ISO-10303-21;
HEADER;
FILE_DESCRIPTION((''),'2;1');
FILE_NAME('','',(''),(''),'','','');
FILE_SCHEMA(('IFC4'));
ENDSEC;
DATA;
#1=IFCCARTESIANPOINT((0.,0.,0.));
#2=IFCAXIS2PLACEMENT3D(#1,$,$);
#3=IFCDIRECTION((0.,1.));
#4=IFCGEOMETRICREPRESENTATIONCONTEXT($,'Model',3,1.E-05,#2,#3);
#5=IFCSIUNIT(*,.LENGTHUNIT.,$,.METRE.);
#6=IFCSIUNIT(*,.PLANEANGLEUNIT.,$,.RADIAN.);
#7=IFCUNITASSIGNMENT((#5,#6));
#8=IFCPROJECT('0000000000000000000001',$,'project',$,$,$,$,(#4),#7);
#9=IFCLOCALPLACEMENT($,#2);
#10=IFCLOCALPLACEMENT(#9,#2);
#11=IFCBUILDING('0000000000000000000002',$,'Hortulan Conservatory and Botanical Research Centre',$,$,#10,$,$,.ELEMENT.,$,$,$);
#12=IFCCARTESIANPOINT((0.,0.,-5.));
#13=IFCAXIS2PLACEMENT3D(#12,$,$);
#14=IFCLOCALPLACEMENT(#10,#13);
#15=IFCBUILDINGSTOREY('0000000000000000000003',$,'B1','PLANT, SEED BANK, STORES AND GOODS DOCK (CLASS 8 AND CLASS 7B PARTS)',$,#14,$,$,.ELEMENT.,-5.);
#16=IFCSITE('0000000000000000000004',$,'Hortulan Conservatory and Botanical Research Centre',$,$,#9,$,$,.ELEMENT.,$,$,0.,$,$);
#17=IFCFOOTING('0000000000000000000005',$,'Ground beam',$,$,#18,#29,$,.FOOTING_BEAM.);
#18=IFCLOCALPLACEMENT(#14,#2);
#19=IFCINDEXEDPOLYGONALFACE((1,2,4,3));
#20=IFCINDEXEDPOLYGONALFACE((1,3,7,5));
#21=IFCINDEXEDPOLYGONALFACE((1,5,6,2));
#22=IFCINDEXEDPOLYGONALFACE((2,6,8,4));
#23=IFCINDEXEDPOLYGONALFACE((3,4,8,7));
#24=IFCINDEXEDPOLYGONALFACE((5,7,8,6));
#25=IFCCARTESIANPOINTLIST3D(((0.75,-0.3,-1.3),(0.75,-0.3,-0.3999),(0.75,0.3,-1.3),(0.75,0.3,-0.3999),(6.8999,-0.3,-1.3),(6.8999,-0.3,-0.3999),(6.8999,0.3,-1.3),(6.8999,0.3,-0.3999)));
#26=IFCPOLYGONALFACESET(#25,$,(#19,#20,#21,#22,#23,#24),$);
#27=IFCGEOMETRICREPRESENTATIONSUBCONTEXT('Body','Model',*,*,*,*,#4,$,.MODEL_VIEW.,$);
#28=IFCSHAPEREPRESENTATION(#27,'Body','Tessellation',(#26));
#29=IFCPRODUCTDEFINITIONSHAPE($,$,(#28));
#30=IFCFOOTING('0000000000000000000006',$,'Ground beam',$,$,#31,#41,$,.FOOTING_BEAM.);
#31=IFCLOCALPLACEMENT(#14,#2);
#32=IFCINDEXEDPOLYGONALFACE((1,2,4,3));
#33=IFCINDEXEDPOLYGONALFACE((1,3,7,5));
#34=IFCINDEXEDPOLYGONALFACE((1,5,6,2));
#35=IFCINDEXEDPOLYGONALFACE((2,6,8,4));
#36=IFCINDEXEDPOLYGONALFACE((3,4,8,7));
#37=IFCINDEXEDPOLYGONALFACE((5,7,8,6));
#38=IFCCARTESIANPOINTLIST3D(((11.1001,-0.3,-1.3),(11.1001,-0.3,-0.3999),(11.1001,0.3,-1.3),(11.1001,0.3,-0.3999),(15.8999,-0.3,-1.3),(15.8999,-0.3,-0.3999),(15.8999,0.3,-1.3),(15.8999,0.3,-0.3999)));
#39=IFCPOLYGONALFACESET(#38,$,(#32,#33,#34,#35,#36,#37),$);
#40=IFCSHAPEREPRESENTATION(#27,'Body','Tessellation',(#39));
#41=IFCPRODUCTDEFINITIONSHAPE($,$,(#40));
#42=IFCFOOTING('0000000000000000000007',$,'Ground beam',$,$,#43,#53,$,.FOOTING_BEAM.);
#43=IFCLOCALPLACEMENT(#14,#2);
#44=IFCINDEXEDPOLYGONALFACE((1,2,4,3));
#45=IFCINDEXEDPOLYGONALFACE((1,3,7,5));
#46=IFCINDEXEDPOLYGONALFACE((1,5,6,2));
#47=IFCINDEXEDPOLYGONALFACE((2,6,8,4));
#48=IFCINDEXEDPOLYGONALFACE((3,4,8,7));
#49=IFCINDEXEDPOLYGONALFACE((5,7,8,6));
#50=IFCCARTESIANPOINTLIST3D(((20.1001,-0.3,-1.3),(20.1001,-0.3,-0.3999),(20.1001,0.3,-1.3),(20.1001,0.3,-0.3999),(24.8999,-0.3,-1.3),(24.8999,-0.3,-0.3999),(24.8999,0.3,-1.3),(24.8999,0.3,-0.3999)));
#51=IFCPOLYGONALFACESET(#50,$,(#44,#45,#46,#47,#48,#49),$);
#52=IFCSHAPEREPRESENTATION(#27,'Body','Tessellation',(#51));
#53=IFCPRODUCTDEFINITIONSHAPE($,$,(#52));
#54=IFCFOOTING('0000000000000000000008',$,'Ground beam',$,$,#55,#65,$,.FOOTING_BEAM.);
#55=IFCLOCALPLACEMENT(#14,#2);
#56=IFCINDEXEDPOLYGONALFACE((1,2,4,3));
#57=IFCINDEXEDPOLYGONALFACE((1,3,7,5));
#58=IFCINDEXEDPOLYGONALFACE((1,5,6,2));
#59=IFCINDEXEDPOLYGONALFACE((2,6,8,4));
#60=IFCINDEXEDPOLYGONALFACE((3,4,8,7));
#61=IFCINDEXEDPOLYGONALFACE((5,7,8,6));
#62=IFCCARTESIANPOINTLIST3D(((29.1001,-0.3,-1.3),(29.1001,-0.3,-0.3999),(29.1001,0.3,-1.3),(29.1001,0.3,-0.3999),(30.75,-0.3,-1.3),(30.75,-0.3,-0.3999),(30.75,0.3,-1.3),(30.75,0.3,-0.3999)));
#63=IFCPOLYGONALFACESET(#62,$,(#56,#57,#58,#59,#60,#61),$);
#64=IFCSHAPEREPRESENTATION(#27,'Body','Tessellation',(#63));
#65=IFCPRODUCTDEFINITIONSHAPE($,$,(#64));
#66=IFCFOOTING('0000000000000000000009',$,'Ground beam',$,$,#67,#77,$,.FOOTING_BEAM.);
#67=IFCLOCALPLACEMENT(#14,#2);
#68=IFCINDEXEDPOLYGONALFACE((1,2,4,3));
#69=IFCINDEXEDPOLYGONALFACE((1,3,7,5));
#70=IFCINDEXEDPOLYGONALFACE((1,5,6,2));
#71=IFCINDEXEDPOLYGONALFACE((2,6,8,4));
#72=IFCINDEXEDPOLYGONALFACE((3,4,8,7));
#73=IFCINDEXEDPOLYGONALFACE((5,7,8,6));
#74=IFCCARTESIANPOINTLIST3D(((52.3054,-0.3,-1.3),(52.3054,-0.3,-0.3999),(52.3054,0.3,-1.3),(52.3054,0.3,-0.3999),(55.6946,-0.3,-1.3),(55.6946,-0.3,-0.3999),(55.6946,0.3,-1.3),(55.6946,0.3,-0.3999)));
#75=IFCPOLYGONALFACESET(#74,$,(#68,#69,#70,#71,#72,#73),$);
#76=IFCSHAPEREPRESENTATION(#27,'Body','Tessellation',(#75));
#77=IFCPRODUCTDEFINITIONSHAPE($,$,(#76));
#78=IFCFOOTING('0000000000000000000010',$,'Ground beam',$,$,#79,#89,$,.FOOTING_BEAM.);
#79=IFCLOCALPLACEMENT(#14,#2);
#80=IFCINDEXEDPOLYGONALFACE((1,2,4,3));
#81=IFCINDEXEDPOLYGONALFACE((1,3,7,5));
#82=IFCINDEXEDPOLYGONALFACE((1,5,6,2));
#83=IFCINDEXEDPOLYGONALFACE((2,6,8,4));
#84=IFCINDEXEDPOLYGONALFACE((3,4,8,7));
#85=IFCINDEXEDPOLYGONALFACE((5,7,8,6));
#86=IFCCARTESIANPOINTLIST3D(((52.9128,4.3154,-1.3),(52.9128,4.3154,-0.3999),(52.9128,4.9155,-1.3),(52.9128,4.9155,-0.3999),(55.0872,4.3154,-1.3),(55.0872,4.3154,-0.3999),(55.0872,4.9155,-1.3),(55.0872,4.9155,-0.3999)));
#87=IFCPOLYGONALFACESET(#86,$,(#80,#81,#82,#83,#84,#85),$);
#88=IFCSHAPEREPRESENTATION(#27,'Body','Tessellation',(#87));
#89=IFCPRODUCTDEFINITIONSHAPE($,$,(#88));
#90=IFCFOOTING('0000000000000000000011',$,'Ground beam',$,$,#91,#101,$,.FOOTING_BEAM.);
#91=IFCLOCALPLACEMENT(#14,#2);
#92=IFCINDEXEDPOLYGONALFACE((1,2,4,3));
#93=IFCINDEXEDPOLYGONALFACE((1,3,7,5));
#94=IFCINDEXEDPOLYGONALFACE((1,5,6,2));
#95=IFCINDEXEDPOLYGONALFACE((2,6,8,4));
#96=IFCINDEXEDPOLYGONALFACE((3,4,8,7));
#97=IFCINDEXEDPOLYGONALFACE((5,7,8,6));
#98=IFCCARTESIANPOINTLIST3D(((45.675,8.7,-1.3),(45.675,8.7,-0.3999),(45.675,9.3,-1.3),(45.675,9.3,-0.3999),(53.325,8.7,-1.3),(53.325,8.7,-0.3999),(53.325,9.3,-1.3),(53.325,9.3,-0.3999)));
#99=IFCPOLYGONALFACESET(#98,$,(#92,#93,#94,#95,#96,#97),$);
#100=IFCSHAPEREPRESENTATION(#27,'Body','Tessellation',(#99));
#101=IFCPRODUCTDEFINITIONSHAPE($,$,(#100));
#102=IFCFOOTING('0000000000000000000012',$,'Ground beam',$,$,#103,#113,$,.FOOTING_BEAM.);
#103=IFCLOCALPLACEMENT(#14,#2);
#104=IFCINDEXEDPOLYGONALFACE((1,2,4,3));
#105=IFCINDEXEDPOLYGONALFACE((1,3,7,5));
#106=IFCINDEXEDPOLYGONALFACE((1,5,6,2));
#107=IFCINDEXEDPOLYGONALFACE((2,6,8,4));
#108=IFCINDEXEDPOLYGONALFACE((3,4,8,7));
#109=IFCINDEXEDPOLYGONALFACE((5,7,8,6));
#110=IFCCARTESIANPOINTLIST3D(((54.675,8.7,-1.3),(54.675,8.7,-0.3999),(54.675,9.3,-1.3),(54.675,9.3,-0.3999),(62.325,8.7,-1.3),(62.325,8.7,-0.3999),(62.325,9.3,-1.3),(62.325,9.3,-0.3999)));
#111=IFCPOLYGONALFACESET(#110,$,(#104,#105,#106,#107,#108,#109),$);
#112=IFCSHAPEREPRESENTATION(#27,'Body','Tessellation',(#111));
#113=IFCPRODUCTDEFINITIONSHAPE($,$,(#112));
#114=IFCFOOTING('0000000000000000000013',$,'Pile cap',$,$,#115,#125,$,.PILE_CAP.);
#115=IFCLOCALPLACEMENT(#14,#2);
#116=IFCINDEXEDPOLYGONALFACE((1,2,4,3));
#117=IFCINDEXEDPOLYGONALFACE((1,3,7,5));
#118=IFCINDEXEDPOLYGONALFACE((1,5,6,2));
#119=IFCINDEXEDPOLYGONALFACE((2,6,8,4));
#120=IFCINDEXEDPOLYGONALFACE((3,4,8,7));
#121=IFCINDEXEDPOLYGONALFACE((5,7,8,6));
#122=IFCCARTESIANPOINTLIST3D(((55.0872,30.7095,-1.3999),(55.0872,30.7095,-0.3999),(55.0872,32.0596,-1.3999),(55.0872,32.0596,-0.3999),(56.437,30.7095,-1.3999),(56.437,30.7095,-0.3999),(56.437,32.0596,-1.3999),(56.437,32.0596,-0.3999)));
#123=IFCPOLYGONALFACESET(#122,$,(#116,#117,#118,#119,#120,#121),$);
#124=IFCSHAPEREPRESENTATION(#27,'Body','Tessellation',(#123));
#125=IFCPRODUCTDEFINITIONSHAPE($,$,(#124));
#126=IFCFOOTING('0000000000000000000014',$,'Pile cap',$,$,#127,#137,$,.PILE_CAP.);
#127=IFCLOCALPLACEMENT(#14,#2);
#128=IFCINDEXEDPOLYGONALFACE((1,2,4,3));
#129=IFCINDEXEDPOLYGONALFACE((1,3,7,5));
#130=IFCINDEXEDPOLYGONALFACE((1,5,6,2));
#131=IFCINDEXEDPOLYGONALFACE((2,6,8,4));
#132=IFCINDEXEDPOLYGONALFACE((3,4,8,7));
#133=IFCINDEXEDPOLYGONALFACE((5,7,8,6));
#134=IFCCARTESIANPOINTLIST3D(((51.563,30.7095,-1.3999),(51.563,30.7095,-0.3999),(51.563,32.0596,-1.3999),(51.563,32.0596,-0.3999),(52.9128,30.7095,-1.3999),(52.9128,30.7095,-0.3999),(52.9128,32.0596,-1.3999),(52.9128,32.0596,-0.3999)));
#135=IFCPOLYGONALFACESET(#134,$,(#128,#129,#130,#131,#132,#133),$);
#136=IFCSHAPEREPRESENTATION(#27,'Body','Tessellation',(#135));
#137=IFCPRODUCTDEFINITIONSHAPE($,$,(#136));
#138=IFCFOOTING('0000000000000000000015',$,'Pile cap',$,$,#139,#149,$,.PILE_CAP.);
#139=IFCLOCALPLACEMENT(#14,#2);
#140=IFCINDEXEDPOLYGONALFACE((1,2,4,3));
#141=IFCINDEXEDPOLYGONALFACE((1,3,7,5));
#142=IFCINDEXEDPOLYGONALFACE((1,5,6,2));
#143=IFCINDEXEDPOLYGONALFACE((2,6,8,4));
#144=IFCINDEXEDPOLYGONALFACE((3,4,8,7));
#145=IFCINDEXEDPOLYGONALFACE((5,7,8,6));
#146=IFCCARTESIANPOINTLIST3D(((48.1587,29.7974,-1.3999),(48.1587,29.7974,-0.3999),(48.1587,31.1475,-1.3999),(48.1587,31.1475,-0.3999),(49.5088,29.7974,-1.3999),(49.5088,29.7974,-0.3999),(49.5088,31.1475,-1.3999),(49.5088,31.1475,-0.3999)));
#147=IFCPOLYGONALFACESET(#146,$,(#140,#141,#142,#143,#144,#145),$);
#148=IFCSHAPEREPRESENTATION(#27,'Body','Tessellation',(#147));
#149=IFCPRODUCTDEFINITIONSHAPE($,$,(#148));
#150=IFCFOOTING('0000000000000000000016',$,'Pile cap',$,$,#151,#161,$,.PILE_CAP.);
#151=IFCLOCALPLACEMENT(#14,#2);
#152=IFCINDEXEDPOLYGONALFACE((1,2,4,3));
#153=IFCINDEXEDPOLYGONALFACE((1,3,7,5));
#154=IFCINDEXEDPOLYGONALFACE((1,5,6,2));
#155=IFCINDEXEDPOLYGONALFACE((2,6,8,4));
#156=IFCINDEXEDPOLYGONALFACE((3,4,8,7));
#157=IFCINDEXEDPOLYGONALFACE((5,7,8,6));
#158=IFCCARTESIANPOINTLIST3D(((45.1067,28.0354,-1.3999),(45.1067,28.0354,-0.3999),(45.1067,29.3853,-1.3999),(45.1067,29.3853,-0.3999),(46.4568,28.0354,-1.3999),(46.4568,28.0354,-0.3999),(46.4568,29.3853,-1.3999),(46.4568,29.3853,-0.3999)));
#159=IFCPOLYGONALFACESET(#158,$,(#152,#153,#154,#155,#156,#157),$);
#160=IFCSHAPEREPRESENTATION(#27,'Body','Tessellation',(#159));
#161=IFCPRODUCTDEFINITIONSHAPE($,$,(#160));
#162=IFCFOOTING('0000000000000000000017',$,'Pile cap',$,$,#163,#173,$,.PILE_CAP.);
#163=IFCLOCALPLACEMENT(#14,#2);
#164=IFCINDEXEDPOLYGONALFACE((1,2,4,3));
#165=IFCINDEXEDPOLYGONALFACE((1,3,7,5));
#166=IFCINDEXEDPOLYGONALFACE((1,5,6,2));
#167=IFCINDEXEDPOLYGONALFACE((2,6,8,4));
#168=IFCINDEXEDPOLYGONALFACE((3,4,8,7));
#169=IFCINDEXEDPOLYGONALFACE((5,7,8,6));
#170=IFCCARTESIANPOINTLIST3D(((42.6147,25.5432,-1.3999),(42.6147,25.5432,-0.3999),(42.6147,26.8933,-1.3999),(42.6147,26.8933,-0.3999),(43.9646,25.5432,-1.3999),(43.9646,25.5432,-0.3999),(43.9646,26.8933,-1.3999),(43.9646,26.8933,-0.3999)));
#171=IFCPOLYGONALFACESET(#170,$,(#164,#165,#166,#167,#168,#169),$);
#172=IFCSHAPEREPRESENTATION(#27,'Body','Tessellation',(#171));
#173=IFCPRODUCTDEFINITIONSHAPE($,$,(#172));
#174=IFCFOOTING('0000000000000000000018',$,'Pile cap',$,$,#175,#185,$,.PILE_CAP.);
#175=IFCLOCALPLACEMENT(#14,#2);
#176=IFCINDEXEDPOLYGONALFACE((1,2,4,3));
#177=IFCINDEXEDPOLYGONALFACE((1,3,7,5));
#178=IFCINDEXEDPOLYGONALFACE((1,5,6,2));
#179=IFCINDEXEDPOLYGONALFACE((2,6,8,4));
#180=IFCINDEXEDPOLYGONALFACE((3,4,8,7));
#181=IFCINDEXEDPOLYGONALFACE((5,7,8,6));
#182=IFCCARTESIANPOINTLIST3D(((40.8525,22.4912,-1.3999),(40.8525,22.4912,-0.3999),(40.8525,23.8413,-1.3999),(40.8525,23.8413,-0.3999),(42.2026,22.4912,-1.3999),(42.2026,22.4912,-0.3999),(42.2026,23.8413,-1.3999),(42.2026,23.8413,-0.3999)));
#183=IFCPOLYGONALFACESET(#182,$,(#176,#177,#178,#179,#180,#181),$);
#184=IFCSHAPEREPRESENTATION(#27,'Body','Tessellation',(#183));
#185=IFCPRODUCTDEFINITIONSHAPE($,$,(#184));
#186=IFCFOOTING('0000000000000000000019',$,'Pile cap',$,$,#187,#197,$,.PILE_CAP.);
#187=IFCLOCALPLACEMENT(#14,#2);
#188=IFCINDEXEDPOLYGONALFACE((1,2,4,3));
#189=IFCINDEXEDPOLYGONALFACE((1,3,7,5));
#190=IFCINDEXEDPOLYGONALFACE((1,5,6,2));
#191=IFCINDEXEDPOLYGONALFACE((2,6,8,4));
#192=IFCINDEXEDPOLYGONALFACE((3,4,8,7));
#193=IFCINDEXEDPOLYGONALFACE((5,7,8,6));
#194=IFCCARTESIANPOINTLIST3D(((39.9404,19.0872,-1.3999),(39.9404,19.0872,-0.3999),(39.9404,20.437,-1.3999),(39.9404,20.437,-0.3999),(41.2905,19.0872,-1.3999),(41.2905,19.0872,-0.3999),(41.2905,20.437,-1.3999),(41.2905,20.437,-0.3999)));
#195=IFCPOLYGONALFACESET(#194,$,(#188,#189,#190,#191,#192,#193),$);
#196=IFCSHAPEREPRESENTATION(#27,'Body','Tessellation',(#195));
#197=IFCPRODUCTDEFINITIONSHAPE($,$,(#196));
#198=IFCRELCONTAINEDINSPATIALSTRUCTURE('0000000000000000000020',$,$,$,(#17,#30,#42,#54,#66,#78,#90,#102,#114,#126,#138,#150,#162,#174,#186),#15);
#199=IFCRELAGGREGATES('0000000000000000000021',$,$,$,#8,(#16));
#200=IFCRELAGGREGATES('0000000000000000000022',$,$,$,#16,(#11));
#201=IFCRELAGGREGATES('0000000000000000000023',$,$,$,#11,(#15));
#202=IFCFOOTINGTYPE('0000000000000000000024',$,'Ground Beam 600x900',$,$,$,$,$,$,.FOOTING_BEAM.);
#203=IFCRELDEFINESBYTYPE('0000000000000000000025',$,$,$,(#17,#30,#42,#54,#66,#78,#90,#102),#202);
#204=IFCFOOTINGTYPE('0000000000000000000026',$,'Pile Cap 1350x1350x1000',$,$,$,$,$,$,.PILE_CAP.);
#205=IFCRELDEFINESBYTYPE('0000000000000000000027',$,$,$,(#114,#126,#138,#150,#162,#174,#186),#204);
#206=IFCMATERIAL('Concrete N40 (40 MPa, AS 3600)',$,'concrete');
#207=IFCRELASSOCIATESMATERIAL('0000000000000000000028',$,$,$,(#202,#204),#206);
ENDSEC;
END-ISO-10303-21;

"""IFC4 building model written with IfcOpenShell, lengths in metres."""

from ifc_helpers import new_model, si_unit, direction, frame, origin, place, context, subcontext, project, spatial, polyline, outline, extrude, material, type_object, element, save


model = new_model("IFC4")

# Units and contexts
model_context = context("Model", 3, precision=1e-05, world=origin(), true_north=direction((0.0, 1.0)))
body_context = subcontext(model_context, "Body", "Model", "MODEL_VIEW")
ifc_project = project(units=[si_unit("LENGTHUNIT", "METRE"), si_unit("PLANEANGLEUNIT", "RADIAN")], contexts=[model_context])

# Site, building, storey
site_placement = place(None, origin())
site = spatial("IfcSite", under=ifc_project, at=site_placement, Name="Hortulan Conservatory and Botanical Research Centre", CompositionType="ELEMENT", RefElevation=0.0)
building_placement = place(site_placement, origin())
building = spatial("IfcBuilding", under=site, at=building_placement, Name="Hortulan Conservatory and Botanical Research Centre", CompositionType="ELEMENT")
storey_placement = place(building_placement, frame((0.0, 0.0, -5.0)))
storey = spatial("IfcBuildingStorey", under=building, at=storey_placement, Name="B1", Description="PLANT, SEED BANK, STORES AND GOODS DOCK (CLASS 8 AND CLASS 7B PARTS)", CompositionType="ELEMENT", Elevation=-5.0)

# Footings
ifc_material = material(Name="Concrete N40 (40 MPa, AS 3600)", Category="concrete")
footing_type_1 = type_object("IfcFootingType", Name="Ground Beam 600x900", PredefinedType="FOOTING_BEAM", material=ifc_material)
footing_1_placement = place(storey_placement, frame((0.0, 0.0, -1.3)))
element("IfcFooting", 1, at=footing_1_placement, inside=storey, type_object=footing_type_1, Name="Ground beam", PredefinedType="FOOTING_BEAM", context=body_context, shape_type="SweptSolid", body=[
    extrude(outline(polyline([(6.8999, -0.3), (6.8999, 0.3), (0.75, 0.3), (0.75, -0.3), (6.8999, -0.3)])), origin(), (0.0, 0.0, 1.0), 0.9001),
])
footing_2_placement = place(storey_placement, frame((0.0, 0.0, -1.3)))
element("IfcFooting", 2, at=footing_2_placement, inside=storey, type_object=footing_type_1, Name="Ground beam", PredefinedType="FOOTING_BEAM", context=body_context, shape_type="SweptSolid", body=[
    extrude(outline(polyline([(15.8999, -0.3), (15.8999, 0.3), (11.1001, 0.3), (11.1001, -0.3), (15.8999, -0.3)])), origin(), (0.0, 0.0, 1.0), 0.9001),
])
footing_3_placement = place(storey_placement, frame((0.0, 0.0, -1.3)))
element("IfcFooting", 3, at=footing_3_placement, inside=storey, type_object=footing_type_1, Name="Ground beam", PredefinedType="FOOTING_BEAM", context=body_context, shape_type="SweptSolid", body=[
    extrude(outline(polyline([(24.8999, -0.3), (24.8999, 0.3), (20.1001, 0.3), (20.1001, -0.3), (24.8999, -0.3)])), origin(), (0.0, 0.0, 1.0), 0.9001),
])
footing_4_placement = place(storey_placement, frame((0.0, 0.0, -1.3)))
element("IfcFooting", 4, at=footing_4_placement, inside=storey, type_object=footing_type_1, Name="Ground beam", PredefinedType="FOOTING_BEAM", context=body_context, shape_type="SweptSolid", body=[
    extrude(outline(polyline([(30.75, -0.3), (30.75, 0.3), (29.1001, 0.3), (29.1001, -0.3), (30.75, -0.3)])), origin(), (0.0, 0.0, 1.0), 0.9001),
])
footing_5_placement = place(storey_placement, frame((0.0, 0.0, -1.3)))
element("IfcFooting", 5, at=footing_5_placement, inside=storey, type_object=footing_type_1, Name="Ground beam", PredefinedType="FOOTING_BEAM", context=body_context, shape_type="SweptSolid", body=[
    extrude(outline(polyline([(55.6946, -0.3), (55.6946, 0.3), (52.3054, 0.3), (52.3054, -0.3), (55.6946, -0.3)])), origin(), (0.0, 0.0, 1.0), 0.9001),
])
footing_6_placement = place(storey_placement, frame((0.0, 0.0, -1.3)))
element("IfcFooting", 6, at=footing_6_placement, inside=storey, type_object=footing_type_1, Name="Ground beam", PredefinedType="FOOTING_BEAM", context=body_context, shape_type="SweptSolid", body=[
    extrude(outline(polyline([(55.0872, 4.3154), (55.0872, 4.9155), (52.9128, 4.9155), (52.9128, 4.3154), (55.0872, 4.3154)])), origin(), (0.0, 0.0, 1.0), 0.9001),
])
footing_7_placement = place(storey_placement, frame((0.0, 0.0, -1.3)))
element("IfcFooting", 7, at=footing_7_placement, inside=storey, type_object=footing_type_1, Name="Ground beam", PredefinedType="FOOTING_BEAM", context=body_context, shape_type="SweptSolid", body=[
    extrude(outline(polyline([(53.325, 8.7), (53.325, 9.3), (45.675, 9.3), (45.675, 8.7), (53.325, 8.7)])), origin(), (0.0, 0.0, 1.0), 0.9001),
])
footing_8_placement = place(storey_placement, frame((0.0, 0.0, -1.3)))
element("IfcFooting", 8, at=footing_8_placement, inside=storey, type_object=footing_type_1, Name="Ground beam", PredefinedType="FOOTING_BEAM", context=body_context, shape_type="SweptSolid", body=[
    extrude(outline(polyline([(62.325, 8.7), (62.325, 9.3), (54.675, 9.3), (54.675, 8.7), (62.325, 8.7)])), origin(), (0.0, 0.0, 1.0), 0.9001),
])
footing_type_2 = type_object("IfcFootingType", Name="Pile Cap 1350x1350x1000", PredefinedType="PILE_CAP", material=ifc_material)
footing_9_placement = place(storey_placement, frame((0.0, 0.0, -1.3999)))
element("IfcFooting", 9, at=footing_9_placement, inside=storey, type_object=footing_type_2, Name="Pile cap", PredefinedType="PILE_CAP", context=body_context, shape_type="SweptSolid", body=[
    extrude(outline(polyline([(56.437, 30.7095), (56.437, 32.0596), (55.0872, 32.0596), (55.0872, 30.7095), (56.437, 30.7095)])), origin(), (0.0, 0.0, 1.0), 1.0),
])
footing_10_placement = place(storey_placement, frame((0.0, 0.0, -1.3999)))
element("IfcFooting", 10, at=footing_10_placement, inside=storey, type_object=footing_type_2, Name="Pile cap", PredefinedType="PILE_CAP", context=body_context, shape_type="SweptSolid", body=[
    extrude(outline(polyline([(52.9128, 30.7095), (52.9128, 32.0596), (51.563, 32.0596), (51.563, 30.7095), (52.9128, 30.7095)])), origin(), (0.0, 0.0, 1.0), 1.0),
])
footing_11_placement = place(storey_placement, frame((0.0, 0.0, -1.3999)))
element("IfcFooting", 11, at=footing_11_placement, inside=storey, type_object=footing_type_2, Name="Pile cap", PredefinedType="PILE_CAP", context=body_context, shape_type="SweptSolid", body=[
    extrude(outline(polyline([(49.5088, 29.7974), (49.5088, 31.1475), (48.1587, 31.1475), (48.1587, 29.7974), (49.5088, 29.7974)])), origin(), (0.0, 0.0, 1.0), 1.0),
])
footing_12_placement = place(storey_placement, frame((0.0, 0.0, -1.3999)))
element("IfcFooting", 12, at=footing_12_placement, inside=storey, type_object=footing_type_2, Name="Pile cap", PredefinedType="PILE_CAP", context=body_context, shape_type="SweptSolid", body=[
    extrude(outline(polyline([(46.4568, 28.0354), (46.4568, 29.3853), (45.1067, 29.3853), (45.1067, 28.0354), (46.4568, 28.0354)])), origin(), (0.0, 0.0, 1.0), 1.0),
])
footing_13_placement = place(storey_placement, frame((0.0, 0.0, -1.3999)))
element("IfcFooting", 13, at=footing_13_placement, inside=storey, type_object=footing_type_2, Name="Pile cap", PredefinedType="PILE_CAP", context=body_context, shape_type="SweptSolid", body=[
    extrude(outline(polyline([(43.9646, 25.5432), (43.9646, 26.8933), (42.6147, 26.8933), (42.6147, 25.5432), (43.9646, 25.5432)])), origin(), (0.0, 0.0, 1.0), 1.0),
])
footing_14_placement = place(storey_placement, frame((0.0, 0.0, -1.3999)))
element("IfcFooting", 14, at=footing_14_placement, inside=storey, type_object=footing_type_2, Name="Pile cap", PredefinedType="PILE_CAP", context=body_context, shape_type="SweptSolid", body=[
    extrude(outline(polyline([(42.2026, 22.4912), (42.2026, 23.8413), (40.8525, 23.8413), (40.8525, 22.4912), (42.2026, 22.4912)])), origin(), (0.0, 0.0, 1.0), 1.0),
])
footing_15_placement = place(storey_placement, frame((0.0, 0.0, -1.3999)))
element("IfcFooting", 15, at=footing_15_placement, inside=storey, type_object=footing_type_2, Name="Pile cap", PredefinedType="PILE_CAP", context=body_context, shape_type="SweptSolid", body=[
    extrude(outline(polyline([(41.2905, 19.0872), (41.2905, 20.437), (39.9404, 20.437), (39.9404, 19.0872), (41.2905, 19.0872)])), origin(), (0.0, 0.0, 1.0), 1.0),
])

save(model, "model.ifc")
